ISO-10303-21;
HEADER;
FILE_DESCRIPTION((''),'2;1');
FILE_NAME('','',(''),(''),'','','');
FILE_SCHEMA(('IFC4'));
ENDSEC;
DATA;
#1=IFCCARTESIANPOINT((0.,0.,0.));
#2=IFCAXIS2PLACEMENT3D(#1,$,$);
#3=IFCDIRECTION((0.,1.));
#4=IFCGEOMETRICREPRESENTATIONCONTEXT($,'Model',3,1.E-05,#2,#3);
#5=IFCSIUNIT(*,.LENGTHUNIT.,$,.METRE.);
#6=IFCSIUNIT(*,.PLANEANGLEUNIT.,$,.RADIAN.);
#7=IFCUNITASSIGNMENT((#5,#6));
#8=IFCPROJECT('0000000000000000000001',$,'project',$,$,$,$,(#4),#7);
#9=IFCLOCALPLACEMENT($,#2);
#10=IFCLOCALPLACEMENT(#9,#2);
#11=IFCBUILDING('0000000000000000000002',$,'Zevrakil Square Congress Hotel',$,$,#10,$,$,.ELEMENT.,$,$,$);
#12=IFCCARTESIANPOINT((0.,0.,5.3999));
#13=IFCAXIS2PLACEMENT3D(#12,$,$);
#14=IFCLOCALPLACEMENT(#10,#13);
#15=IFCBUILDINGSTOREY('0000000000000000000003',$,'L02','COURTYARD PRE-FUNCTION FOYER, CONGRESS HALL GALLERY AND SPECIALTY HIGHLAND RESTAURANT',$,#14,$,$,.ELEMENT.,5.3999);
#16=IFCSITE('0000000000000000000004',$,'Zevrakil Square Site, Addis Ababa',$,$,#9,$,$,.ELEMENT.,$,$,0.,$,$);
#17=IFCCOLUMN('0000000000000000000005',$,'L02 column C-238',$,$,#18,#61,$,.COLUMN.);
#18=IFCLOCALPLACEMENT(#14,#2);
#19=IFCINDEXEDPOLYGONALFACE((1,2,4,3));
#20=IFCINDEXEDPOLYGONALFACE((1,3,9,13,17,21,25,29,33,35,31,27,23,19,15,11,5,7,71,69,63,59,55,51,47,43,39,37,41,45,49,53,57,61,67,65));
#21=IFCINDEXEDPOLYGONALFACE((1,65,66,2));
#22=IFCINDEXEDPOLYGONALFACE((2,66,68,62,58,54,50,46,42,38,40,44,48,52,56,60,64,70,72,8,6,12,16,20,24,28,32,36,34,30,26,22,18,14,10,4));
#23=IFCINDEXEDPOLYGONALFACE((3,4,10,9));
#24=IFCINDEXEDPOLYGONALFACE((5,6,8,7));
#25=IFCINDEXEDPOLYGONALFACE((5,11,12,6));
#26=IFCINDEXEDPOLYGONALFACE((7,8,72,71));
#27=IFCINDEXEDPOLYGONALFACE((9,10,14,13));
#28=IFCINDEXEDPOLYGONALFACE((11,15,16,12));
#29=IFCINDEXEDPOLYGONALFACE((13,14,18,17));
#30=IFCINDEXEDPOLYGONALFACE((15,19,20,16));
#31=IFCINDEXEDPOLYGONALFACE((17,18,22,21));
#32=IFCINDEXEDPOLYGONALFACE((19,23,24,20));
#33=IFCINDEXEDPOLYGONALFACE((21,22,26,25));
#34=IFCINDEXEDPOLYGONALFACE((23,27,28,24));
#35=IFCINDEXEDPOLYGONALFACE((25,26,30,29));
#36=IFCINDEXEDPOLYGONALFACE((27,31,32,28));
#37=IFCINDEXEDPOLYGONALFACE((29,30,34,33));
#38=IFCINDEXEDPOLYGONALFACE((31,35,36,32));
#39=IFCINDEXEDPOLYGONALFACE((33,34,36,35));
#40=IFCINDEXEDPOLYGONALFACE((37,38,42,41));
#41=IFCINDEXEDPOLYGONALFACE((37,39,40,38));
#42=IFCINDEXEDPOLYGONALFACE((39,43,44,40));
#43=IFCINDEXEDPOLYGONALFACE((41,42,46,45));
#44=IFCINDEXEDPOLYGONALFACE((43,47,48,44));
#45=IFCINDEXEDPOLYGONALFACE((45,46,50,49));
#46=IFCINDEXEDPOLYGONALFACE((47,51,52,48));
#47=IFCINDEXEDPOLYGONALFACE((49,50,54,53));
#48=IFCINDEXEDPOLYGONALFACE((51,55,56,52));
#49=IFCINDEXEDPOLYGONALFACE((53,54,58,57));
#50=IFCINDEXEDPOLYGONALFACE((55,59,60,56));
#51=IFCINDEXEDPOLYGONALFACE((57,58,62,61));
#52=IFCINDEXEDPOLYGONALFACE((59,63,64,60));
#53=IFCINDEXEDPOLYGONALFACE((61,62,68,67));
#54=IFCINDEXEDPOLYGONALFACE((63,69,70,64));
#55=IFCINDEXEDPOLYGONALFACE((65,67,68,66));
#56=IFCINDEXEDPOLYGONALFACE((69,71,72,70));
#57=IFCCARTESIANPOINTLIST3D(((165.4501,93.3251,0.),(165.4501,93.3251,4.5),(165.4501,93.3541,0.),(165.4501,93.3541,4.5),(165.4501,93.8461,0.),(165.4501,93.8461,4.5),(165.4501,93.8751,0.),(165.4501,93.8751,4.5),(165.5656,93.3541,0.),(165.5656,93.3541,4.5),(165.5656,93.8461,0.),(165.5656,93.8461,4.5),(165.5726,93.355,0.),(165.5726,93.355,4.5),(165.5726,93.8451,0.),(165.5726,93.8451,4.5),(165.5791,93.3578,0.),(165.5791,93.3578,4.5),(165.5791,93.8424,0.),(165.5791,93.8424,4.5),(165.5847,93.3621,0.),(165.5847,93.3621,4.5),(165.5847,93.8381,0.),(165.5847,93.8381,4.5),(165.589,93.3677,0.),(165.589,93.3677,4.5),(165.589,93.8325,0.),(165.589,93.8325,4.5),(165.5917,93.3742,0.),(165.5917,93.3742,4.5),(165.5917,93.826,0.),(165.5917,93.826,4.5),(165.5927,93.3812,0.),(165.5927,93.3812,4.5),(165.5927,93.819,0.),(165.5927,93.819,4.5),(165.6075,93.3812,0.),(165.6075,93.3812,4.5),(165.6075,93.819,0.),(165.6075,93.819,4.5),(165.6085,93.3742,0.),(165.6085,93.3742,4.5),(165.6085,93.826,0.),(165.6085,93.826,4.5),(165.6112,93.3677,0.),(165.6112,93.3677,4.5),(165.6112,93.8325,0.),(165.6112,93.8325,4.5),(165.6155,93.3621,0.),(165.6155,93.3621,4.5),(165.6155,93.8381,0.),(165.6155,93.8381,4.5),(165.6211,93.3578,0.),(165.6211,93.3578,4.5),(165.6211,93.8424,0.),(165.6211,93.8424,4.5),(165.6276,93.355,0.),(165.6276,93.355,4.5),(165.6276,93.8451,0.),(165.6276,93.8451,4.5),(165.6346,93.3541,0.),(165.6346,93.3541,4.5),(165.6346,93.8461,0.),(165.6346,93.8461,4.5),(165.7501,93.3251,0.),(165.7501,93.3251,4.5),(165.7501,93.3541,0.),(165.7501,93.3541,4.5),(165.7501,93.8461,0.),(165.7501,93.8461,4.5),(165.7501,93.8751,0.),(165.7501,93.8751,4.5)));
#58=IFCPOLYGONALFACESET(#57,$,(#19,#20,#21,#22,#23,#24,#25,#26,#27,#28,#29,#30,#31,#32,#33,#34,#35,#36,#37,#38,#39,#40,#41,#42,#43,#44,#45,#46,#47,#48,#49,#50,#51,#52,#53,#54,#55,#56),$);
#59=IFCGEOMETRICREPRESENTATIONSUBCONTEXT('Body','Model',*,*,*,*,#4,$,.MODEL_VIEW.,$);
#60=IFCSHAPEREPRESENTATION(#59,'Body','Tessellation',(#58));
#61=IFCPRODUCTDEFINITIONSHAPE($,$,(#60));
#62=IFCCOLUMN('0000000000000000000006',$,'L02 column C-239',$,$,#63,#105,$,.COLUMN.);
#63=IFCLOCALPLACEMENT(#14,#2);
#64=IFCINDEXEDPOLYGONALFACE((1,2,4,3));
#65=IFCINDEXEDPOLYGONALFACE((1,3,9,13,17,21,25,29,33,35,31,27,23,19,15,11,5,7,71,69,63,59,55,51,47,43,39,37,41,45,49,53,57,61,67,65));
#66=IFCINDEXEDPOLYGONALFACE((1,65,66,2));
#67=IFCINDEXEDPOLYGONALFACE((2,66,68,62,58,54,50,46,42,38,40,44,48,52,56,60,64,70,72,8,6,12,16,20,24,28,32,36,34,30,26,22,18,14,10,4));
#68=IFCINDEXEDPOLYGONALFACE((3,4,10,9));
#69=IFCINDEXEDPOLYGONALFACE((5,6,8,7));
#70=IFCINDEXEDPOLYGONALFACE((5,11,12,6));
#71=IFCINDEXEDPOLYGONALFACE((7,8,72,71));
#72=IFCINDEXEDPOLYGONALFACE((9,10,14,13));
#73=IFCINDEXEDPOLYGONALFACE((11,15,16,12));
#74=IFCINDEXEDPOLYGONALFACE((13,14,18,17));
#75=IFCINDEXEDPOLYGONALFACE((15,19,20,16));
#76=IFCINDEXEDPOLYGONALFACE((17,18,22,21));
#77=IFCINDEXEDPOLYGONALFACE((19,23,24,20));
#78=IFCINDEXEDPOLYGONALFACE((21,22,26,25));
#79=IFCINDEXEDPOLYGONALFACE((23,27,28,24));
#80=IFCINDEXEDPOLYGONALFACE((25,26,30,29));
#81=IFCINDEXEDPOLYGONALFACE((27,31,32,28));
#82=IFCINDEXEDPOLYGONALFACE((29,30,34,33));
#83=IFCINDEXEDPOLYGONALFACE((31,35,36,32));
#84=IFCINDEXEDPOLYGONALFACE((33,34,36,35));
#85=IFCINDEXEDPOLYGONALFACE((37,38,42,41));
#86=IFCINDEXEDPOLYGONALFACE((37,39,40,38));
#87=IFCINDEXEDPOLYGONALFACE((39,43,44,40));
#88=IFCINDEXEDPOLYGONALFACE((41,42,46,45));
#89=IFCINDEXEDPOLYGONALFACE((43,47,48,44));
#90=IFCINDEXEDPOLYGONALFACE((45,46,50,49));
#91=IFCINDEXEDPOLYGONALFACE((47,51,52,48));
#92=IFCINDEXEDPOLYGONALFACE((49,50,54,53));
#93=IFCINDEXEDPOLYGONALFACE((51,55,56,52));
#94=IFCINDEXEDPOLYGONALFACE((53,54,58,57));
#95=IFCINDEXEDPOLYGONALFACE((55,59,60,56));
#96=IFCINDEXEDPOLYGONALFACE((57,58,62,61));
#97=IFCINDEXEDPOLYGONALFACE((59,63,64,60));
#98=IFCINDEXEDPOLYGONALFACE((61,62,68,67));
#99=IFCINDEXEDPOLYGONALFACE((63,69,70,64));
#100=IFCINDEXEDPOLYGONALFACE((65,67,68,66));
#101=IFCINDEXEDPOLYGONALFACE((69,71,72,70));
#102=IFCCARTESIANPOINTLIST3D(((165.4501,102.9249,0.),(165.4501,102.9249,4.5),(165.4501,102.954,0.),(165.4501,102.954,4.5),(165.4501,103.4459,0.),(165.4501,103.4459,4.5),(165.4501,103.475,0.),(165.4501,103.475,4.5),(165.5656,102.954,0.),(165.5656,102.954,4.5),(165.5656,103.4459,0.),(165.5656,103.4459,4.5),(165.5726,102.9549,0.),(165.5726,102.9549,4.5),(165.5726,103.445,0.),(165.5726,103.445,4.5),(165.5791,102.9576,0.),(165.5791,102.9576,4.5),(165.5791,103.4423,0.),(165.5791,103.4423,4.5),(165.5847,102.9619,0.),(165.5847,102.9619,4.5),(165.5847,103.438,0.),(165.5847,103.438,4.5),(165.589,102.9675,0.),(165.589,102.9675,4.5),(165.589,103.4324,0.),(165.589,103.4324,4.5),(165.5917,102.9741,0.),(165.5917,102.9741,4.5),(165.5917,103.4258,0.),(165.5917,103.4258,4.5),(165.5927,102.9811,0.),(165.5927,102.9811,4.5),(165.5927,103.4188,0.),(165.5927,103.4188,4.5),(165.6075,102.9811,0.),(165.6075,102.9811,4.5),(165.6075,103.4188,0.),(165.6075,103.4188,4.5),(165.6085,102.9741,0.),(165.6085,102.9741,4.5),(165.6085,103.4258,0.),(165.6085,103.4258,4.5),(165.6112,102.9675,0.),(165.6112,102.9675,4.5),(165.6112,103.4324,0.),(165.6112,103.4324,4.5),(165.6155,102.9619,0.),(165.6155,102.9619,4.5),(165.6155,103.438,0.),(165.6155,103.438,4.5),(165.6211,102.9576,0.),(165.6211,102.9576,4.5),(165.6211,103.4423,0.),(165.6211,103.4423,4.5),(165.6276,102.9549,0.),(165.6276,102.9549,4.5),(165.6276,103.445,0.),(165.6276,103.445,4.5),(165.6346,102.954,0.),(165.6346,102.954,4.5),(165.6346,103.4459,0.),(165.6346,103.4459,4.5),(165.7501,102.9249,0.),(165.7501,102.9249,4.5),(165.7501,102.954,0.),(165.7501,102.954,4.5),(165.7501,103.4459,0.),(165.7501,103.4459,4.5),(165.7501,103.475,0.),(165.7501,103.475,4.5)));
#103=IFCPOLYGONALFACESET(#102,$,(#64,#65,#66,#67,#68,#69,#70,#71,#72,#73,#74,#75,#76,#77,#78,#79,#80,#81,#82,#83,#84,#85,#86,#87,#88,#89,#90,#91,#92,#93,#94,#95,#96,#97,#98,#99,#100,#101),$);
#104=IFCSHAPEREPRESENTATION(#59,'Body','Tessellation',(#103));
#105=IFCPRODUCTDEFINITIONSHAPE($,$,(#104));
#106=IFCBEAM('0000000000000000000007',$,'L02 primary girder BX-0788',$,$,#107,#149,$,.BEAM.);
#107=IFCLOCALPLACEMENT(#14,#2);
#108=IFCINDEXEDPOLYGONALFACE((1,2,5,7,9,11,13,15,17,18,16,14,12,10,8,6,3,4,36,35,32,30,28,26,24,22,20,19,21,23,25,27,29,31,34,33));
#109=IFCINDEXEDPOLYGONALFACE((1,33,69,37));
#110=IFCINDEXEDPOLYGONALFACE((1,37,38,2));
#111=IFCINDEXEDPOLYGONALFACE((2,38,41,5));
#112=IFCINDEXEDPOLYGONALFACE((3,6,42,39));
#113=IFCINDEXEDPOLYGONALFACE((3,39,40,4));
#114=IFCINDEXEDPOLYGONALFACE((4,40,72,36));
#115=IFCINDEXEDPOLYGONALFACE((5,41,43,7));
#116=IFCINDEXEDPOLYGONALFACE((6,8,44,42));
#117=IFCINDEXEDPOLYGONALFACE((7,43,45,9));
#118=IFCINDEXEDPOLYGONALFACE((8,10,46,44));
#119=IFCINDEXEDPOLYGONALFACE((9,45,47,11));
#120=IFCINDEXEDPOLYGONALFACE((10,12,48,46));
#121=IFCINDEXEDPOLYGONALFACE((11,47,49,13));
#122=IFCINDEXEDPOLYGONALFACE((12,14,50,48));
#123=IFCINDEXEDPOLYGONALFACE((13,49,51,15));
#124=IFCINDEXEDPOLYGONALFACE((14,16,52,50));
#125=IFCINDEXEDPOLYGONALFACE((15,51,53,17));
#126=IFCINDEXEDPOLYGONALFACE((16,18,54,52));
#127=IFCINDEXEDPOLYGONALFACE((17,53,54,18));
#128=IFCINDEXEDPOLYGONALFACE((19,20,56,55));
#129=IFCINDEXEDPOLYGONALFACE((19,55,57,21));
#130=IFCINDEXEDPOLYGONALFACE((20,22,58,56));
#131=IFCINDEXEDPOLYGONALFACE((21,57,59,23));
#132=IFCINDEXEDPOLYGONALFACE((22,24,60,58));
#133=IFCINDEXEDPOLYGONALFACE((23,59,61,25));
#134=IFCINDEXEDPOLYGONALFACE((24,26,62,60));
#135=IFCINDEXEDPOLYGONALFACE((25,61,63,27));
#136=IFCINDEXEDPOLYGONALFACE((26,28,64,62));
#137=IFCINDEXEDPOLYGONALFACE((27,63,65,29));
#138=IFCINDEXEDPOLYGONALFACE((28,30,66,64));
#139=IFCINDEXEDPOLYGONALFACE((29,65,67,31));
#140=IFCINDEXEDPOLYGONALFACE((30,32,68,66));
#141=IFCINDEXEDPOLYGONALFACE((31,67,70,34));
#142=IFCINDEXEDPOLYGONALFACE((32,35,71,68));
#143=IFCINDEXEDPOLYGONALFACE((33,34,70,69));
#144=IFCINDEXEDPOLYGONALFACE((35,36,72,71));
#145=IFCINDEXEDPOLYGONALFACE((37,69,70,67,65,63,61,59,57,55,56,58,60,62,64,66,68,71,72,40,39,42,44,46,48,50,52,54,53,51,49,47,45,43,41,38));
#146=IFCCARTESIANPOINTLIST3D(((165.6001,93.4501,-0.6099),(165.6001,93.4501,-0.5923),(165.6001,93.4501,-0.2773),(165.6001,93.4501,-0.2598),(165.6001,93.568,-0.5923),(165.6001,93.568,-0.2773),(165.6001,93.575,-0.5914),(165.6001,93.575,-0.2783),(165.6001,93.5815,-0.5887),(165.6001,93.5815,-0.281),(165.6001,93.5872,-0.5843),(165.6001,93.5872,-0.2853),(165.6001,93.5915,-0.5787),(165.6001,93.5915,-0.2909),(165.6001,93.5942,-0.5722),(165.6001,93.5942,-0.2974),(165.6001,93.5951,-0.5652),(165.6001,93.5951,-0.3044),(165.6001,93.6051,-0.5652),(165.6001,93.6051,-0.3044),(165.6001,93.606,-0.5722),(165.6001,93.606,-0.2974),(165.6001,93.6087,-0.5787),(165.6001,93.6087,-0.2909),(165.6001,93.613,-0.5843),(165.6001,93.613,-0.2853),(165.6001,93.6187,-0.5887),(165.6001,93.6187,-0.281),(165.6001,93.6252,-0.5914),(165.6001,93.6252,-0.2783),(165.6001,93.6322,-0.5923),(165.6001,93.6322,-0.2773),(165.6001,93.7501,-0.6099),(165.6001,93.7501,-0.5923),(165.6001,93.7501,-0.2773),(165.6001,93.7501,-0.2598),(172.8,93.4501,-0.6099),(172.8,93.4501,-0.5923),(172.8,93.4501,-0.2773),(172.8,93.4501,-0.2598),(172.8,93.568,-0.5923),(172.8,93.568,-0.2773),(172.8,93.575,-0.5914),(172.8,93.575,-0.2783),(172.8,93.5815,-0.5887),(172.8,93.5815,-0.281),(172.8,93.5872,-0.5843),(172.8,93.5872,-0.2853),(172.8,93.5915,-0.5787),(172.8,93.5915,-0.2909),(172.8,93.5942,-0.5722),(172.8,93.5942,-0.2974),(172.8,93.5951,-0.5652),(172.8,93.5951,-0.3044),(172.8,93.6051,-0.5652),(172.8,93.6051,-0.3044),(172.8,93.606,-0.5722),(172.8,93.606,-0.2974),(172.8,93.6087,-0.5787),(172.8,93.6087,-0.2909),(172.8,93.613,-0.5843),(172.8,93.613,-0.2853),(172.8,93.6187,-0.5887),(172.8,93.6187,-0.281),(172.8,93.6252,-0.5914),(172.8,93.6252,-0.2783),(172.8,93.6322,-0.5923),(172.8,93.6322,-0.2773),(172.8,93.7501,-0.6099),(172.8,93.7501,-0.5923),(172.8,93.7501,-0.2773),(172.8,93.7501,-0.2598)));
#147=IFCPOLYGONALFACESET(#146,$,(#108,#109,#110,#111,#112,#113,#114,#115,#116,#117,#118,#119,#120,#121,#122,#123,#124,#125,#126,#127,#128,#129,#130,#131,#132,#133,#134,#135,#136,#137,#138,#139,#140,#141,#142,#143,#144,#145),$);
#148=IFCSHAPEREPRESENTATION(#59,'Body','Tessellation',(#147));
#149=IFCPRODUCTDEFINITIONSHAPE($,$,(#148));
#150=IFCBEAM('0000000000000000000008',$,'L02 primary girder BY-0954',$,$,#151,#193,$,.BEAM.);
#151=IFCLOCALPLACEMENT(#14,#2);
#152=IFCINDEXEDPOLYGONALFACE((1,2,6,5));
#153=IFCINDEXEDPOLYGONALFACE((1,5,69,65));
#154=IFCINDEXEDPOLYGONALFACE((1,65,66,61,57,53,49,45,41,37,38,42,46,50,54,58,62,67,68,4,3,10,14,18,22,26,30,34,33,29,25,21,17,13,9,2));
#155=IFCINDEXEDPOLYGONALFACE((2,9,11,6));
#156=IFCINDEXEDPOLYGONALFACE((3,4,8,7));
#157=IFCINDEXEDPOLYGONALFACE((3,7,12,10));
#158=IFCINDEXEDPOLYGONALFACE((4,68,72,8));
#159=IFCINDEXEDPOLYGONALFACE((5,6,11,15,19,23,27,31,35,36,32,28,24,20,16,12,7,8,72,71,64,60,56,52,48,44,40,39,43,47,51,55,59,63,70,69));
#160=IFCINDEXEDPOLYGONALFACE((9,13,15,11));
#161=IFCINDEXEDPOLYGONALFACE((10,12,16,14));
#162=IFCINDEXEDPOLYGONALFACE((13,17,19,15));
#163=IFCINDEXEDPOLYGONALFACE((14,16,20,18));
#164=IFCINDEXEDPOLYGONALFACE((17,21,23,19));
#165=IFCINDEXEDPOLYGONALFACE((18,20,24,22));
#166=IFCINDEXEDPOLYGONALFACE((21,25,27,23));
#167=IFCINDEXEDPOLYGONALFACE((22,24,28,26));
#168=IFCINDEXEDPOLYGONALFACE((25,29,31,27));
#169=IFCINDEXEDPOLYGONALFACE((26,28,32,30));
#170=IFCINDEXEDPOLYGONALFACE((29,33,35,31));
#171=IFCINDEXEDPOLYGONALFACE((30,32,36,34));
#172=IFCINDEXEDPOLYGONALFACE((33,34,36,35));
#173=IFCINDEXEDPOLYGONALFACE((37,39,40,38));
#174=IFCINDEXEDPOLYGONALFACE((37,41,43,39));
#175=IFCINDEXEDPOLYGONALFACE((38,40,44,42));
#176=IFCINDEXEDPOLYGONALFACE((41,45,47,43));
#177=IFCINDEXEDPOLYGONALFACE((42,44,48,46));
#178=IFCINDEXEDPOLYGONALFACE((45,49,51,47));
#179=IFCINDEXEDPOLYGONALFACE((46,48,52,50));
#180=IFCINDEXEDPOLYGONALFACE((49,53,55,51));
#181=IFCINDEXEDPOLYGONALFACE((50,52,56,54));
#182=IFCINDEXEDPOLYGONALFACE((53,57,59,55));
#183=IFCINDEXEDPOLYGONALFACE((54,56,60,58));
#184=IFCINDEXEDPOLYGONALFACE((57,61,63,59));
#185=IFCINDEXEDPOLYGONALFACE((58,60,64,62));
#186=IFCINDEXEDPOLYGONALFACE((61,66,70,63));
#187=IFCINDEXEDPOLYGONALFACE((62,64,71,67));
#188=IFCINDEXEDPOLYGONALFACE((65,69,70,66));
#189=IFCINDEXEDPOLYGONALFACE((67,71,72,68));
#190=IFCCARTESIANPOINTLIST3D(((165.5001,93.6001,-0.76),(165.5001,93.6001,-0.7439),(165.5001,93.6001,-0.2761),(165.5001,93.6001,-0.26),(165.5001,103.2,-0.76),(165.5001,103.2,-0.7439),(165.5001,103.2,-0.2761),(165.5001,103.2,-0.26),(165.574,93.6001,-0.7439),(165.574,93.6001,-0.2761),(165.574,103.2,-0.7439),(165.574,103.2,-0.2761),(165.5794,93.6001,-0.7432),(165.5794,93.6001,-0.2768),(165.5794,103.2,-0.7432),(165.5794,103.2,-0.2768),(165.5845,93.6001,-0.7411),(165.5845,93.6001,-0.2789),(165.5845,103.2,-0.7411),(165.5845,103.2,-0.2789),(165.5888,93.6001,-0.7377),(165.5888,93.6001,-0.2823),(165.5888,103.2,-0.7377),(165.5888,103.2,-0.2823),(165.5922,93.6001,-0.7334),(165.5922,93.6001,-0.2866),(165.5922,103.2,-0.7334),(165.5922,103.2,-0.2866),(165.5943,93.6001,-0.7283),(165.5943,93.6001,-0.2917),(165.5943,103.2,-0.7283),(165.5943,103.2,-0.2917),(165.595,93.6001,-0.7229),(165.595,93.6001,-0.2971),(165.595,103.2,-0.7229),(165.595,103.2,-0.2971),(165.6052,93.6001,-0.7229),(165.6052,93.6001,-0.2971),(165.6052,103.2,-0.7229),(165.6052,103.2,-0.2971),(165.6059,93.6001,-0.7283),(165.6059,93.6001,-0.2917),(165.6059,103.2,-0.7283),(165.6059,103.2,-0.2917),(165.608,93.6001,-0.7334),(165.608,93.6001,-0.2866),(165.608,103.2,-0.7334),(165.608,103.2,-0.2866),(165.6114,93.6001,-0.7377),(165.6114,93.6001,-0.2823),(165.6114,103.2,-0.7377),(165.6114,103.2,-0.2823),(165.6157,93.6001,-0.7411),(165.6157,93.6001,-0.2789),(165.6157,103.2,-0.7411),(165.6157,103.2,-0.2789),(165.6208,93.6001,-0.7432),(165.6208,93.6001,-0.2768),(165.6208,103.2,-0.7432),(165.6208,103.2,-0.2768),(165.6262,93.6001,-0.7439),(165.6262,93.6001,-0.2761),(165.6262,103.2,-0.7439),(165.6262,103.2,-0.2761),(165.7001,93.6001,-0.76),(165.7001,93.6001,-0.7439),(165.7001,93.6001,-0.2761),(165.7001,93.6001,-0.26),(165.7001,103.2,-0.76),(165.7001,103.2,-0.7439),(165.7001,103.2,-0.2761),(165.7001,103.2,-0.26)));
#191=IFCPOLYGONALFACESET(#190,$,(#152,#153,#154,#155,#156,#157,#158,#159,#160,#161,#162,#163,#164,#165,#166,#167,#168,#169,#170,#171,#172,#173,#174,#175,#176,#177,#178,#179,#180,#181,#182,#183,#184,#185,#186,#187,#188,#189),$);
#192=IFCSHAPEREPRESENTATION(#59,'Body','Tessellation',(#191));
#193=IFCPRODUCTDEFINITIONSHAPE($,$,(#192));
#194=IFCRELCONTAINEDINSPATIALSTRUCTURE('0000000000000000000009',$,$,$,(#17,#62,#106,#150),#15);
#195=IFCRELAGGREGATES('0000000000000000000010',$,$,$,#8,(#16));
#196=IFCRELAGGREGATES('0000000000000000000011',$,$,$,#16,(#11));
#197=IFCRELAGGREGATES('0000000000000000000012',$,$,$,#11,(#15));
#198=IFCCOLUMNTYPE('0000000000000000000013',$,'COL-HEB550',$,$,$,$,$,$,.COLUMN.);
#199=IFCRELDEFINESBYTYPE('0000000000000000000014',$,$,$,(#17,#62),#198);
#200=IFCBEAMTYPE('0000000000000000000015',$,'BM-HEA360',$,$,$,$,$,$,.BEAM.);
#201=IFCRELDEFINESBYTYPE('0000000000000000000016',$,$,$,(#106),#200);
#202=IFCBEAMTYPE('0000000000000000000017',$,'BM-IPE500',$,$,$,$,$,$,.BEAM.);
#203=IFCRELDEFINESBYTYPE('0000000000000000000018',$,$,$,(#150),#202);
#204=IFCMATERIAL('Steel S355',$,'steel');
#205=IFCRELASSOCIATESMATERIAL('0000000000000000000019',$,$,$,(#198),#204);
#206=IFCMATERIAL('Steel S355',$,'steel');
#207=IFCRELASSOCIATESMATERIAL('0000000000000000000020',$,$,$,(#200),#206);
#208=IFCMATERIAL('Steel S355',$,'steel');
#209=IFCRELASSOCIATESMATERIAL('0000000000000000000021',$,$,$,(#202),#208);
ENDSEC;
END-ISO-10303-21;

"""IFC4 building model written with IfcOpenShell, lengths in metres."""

from ifc_helpers import new_model, si_unit, direction, frame, origin, origin_2d, place, context, subcontext, project, spatial, i_section, extrude, material, material_profile, profile_set, type_object, element, save


model = new_model("IFC4")

# Units and contexts
model_context = context("Model", 3, precision=1e-05, world=origin(), true_north=direction((0.0, 1.0)))
body_context = subcontext(model_context, "Body", "Model", "MODEL_VIEW")
ifc_project = project(units=[si_unit("LENGTHUNIT", "METRE"), si_unit("PLANEANGLEUNIT", "RADIAN")], contexts=[model_context])

# Site, building, storey
site_placement = place(None, origin())
site = spatial("IfcSite", under=ifc_project, at=site_placement, Name="Zevrakil Square Site, Addis Ababa", CompositionType="ELEMENT", RefElevation=0.0)
building_placement = place(site_placement, origin())
building = spatial("IfcBuilding", under=site, at=building_placement, Name="Zevrakil Square Congress Hotel", CompositionType="ELEMENT")
storey_placement = place(building_placement, frame((0.0, 0.0, 5.3999)))
storey = spatial("IfcBuildingStorey", under=building, at=storey_placement, Name="L02", Description="COURTYARD PRE-FUNCTION FOYER, CONGRESS HALL GALLERY AND SPECIALTY HIGHLAND RESTAURANT", CompositionType="ELEMENT", Elevation=5.3999)

# Columns
ifc_material_1 = material(Name="Steel S355", Category="steel")
ifc_material_profile_1 = material_profile(ifc_material_1, i_section(OverallWidth=0.3, OverallDepth=0.55, WebThickness=0.0149, FlangeThickness=0.0291, FilletRadius=0.0271, at=origin_2d()), Name="HEB 550")
ifc_profile_set_1 = profile_set([ifc_material_profile_1], Name="Steel S355")
column_type = type_object("IfcColumnType", Name="COL-HEB550", PredefinedType="COLUMN", material=ifc_profile_set_1)
for number, where, z_axis, x_axis, name in (
    (1, (165.6001, 93.6001, 0.0), (0.0, 0.0, 1.0), (1.0, 0.0, 0.0), "L02 column C-238"),
    (2, (165.6001, 103.2, 0.0), (0.0, 0.0, 1.0), (1.0, 0.0, 0.0), "L02 column C-239"),
):
    element("IfcColumn", number, at=place(storey_placement, frame(where, z_axis=z_axis, x_axis=x_axis)), inside=storey, type_object=column_type, Name=name, PredefinedType="COLUMN", context=body_context, shape_type="SweptSolid", body=[
        extrude(i_section(OverallWidth=0.3, OverallDepth=0.55, WebThickness=0.0149, FlangeThickness=0.0291, FilletRadius=0.0271, at=origin_2d()), origin(), (0.0, 0.0, 1.0), 4.5),
    ])

# Beams
ifc_material_2 = material(Name="Steel S355", Category="steel")
ifc_material_profile_2 = material_profile(ifc_material_2, i_section(OverallWidth=0.3, OverallDepth=0.3501, WebThickness=0.01, FlangeThickness=0.0176, FilletRadius=0.0271, at=origin_2d()), Name="HEA 360")
ifc_profile_set_2 = profile_set([ifc_material_profile_2], Name="Steel S355")
beam_type_1 = type_object("IfcBeamType", Name="BM-HEA360", PredefinedType="BEAM", material=ifc_profile_set_2)
beam_1_placement = place(storey_placement, frame((165.6001, 93.6001, -0.4348), z_axis=(1.0, 0.0, 0.0), x_axis=(0.0, 1.0, 0.0)))
element("IfcBeam", 3, at=beam_1_placement, inside=storey, type_object=beam_type_1, Name="L02 primary girder BX-0788", PredefinedType="BEAM", context=body_context, shape_type="SweptSolid", body=[
    extrude(i_section(OverallWidth=0.3, OverallDepth=0.3501, WebThickness=0.01, FlangeThickness=0.0176, FilletRadius=0.0271, at=origin_2d()), origin(), (0.0, 0.0, 1.0), 7.2),
])
ifc_material_3 = material(Name="Steel S355", Category="steel")
ifc_material_profile_3 = material_profile(ifc_material_3, i_section(OverallWidth=0.2, OverallDepth=0.5, WebThickness=0.0103, FlangeThickness=0.0161, FilletRadius=0.021, at=origin_2d()), Name="IPE 500")
ifc_profile_set_3 = profile_set([ifc_material_profile_3], Name="Steel S355")
beam_type_2 = type_object("IfcBeamType", Name="BM-IPE500", PredefinedType="BEAM", material=ifc_profile_set_3)
beam_2_placement = place(storey_placement, frame((165.6001, 93.6001, -0.51), z_axis=(0.0, 1.0, 0.0), x_axis=(-1.0, 0.0, 0.0)))
element("IfcBeam", 4, at=beam_2_placement, inside=storey, type_object=beam_type_2, Name="L02 primary girder BY-0954", PredefinedType="BEAM", context=body_context, shape_type="SweptSolid", body=[
    extrude(i_section(OverallWidth=0.2, OverallDepth=0.5, WebThickness=0.0103, FlangeThickness=0.0161, FilletRadius=0.021, at=origin_2d()), origin(), (0.0, 0.0, 1.0), 9.5999),
])

save(model, "model.ifc")
